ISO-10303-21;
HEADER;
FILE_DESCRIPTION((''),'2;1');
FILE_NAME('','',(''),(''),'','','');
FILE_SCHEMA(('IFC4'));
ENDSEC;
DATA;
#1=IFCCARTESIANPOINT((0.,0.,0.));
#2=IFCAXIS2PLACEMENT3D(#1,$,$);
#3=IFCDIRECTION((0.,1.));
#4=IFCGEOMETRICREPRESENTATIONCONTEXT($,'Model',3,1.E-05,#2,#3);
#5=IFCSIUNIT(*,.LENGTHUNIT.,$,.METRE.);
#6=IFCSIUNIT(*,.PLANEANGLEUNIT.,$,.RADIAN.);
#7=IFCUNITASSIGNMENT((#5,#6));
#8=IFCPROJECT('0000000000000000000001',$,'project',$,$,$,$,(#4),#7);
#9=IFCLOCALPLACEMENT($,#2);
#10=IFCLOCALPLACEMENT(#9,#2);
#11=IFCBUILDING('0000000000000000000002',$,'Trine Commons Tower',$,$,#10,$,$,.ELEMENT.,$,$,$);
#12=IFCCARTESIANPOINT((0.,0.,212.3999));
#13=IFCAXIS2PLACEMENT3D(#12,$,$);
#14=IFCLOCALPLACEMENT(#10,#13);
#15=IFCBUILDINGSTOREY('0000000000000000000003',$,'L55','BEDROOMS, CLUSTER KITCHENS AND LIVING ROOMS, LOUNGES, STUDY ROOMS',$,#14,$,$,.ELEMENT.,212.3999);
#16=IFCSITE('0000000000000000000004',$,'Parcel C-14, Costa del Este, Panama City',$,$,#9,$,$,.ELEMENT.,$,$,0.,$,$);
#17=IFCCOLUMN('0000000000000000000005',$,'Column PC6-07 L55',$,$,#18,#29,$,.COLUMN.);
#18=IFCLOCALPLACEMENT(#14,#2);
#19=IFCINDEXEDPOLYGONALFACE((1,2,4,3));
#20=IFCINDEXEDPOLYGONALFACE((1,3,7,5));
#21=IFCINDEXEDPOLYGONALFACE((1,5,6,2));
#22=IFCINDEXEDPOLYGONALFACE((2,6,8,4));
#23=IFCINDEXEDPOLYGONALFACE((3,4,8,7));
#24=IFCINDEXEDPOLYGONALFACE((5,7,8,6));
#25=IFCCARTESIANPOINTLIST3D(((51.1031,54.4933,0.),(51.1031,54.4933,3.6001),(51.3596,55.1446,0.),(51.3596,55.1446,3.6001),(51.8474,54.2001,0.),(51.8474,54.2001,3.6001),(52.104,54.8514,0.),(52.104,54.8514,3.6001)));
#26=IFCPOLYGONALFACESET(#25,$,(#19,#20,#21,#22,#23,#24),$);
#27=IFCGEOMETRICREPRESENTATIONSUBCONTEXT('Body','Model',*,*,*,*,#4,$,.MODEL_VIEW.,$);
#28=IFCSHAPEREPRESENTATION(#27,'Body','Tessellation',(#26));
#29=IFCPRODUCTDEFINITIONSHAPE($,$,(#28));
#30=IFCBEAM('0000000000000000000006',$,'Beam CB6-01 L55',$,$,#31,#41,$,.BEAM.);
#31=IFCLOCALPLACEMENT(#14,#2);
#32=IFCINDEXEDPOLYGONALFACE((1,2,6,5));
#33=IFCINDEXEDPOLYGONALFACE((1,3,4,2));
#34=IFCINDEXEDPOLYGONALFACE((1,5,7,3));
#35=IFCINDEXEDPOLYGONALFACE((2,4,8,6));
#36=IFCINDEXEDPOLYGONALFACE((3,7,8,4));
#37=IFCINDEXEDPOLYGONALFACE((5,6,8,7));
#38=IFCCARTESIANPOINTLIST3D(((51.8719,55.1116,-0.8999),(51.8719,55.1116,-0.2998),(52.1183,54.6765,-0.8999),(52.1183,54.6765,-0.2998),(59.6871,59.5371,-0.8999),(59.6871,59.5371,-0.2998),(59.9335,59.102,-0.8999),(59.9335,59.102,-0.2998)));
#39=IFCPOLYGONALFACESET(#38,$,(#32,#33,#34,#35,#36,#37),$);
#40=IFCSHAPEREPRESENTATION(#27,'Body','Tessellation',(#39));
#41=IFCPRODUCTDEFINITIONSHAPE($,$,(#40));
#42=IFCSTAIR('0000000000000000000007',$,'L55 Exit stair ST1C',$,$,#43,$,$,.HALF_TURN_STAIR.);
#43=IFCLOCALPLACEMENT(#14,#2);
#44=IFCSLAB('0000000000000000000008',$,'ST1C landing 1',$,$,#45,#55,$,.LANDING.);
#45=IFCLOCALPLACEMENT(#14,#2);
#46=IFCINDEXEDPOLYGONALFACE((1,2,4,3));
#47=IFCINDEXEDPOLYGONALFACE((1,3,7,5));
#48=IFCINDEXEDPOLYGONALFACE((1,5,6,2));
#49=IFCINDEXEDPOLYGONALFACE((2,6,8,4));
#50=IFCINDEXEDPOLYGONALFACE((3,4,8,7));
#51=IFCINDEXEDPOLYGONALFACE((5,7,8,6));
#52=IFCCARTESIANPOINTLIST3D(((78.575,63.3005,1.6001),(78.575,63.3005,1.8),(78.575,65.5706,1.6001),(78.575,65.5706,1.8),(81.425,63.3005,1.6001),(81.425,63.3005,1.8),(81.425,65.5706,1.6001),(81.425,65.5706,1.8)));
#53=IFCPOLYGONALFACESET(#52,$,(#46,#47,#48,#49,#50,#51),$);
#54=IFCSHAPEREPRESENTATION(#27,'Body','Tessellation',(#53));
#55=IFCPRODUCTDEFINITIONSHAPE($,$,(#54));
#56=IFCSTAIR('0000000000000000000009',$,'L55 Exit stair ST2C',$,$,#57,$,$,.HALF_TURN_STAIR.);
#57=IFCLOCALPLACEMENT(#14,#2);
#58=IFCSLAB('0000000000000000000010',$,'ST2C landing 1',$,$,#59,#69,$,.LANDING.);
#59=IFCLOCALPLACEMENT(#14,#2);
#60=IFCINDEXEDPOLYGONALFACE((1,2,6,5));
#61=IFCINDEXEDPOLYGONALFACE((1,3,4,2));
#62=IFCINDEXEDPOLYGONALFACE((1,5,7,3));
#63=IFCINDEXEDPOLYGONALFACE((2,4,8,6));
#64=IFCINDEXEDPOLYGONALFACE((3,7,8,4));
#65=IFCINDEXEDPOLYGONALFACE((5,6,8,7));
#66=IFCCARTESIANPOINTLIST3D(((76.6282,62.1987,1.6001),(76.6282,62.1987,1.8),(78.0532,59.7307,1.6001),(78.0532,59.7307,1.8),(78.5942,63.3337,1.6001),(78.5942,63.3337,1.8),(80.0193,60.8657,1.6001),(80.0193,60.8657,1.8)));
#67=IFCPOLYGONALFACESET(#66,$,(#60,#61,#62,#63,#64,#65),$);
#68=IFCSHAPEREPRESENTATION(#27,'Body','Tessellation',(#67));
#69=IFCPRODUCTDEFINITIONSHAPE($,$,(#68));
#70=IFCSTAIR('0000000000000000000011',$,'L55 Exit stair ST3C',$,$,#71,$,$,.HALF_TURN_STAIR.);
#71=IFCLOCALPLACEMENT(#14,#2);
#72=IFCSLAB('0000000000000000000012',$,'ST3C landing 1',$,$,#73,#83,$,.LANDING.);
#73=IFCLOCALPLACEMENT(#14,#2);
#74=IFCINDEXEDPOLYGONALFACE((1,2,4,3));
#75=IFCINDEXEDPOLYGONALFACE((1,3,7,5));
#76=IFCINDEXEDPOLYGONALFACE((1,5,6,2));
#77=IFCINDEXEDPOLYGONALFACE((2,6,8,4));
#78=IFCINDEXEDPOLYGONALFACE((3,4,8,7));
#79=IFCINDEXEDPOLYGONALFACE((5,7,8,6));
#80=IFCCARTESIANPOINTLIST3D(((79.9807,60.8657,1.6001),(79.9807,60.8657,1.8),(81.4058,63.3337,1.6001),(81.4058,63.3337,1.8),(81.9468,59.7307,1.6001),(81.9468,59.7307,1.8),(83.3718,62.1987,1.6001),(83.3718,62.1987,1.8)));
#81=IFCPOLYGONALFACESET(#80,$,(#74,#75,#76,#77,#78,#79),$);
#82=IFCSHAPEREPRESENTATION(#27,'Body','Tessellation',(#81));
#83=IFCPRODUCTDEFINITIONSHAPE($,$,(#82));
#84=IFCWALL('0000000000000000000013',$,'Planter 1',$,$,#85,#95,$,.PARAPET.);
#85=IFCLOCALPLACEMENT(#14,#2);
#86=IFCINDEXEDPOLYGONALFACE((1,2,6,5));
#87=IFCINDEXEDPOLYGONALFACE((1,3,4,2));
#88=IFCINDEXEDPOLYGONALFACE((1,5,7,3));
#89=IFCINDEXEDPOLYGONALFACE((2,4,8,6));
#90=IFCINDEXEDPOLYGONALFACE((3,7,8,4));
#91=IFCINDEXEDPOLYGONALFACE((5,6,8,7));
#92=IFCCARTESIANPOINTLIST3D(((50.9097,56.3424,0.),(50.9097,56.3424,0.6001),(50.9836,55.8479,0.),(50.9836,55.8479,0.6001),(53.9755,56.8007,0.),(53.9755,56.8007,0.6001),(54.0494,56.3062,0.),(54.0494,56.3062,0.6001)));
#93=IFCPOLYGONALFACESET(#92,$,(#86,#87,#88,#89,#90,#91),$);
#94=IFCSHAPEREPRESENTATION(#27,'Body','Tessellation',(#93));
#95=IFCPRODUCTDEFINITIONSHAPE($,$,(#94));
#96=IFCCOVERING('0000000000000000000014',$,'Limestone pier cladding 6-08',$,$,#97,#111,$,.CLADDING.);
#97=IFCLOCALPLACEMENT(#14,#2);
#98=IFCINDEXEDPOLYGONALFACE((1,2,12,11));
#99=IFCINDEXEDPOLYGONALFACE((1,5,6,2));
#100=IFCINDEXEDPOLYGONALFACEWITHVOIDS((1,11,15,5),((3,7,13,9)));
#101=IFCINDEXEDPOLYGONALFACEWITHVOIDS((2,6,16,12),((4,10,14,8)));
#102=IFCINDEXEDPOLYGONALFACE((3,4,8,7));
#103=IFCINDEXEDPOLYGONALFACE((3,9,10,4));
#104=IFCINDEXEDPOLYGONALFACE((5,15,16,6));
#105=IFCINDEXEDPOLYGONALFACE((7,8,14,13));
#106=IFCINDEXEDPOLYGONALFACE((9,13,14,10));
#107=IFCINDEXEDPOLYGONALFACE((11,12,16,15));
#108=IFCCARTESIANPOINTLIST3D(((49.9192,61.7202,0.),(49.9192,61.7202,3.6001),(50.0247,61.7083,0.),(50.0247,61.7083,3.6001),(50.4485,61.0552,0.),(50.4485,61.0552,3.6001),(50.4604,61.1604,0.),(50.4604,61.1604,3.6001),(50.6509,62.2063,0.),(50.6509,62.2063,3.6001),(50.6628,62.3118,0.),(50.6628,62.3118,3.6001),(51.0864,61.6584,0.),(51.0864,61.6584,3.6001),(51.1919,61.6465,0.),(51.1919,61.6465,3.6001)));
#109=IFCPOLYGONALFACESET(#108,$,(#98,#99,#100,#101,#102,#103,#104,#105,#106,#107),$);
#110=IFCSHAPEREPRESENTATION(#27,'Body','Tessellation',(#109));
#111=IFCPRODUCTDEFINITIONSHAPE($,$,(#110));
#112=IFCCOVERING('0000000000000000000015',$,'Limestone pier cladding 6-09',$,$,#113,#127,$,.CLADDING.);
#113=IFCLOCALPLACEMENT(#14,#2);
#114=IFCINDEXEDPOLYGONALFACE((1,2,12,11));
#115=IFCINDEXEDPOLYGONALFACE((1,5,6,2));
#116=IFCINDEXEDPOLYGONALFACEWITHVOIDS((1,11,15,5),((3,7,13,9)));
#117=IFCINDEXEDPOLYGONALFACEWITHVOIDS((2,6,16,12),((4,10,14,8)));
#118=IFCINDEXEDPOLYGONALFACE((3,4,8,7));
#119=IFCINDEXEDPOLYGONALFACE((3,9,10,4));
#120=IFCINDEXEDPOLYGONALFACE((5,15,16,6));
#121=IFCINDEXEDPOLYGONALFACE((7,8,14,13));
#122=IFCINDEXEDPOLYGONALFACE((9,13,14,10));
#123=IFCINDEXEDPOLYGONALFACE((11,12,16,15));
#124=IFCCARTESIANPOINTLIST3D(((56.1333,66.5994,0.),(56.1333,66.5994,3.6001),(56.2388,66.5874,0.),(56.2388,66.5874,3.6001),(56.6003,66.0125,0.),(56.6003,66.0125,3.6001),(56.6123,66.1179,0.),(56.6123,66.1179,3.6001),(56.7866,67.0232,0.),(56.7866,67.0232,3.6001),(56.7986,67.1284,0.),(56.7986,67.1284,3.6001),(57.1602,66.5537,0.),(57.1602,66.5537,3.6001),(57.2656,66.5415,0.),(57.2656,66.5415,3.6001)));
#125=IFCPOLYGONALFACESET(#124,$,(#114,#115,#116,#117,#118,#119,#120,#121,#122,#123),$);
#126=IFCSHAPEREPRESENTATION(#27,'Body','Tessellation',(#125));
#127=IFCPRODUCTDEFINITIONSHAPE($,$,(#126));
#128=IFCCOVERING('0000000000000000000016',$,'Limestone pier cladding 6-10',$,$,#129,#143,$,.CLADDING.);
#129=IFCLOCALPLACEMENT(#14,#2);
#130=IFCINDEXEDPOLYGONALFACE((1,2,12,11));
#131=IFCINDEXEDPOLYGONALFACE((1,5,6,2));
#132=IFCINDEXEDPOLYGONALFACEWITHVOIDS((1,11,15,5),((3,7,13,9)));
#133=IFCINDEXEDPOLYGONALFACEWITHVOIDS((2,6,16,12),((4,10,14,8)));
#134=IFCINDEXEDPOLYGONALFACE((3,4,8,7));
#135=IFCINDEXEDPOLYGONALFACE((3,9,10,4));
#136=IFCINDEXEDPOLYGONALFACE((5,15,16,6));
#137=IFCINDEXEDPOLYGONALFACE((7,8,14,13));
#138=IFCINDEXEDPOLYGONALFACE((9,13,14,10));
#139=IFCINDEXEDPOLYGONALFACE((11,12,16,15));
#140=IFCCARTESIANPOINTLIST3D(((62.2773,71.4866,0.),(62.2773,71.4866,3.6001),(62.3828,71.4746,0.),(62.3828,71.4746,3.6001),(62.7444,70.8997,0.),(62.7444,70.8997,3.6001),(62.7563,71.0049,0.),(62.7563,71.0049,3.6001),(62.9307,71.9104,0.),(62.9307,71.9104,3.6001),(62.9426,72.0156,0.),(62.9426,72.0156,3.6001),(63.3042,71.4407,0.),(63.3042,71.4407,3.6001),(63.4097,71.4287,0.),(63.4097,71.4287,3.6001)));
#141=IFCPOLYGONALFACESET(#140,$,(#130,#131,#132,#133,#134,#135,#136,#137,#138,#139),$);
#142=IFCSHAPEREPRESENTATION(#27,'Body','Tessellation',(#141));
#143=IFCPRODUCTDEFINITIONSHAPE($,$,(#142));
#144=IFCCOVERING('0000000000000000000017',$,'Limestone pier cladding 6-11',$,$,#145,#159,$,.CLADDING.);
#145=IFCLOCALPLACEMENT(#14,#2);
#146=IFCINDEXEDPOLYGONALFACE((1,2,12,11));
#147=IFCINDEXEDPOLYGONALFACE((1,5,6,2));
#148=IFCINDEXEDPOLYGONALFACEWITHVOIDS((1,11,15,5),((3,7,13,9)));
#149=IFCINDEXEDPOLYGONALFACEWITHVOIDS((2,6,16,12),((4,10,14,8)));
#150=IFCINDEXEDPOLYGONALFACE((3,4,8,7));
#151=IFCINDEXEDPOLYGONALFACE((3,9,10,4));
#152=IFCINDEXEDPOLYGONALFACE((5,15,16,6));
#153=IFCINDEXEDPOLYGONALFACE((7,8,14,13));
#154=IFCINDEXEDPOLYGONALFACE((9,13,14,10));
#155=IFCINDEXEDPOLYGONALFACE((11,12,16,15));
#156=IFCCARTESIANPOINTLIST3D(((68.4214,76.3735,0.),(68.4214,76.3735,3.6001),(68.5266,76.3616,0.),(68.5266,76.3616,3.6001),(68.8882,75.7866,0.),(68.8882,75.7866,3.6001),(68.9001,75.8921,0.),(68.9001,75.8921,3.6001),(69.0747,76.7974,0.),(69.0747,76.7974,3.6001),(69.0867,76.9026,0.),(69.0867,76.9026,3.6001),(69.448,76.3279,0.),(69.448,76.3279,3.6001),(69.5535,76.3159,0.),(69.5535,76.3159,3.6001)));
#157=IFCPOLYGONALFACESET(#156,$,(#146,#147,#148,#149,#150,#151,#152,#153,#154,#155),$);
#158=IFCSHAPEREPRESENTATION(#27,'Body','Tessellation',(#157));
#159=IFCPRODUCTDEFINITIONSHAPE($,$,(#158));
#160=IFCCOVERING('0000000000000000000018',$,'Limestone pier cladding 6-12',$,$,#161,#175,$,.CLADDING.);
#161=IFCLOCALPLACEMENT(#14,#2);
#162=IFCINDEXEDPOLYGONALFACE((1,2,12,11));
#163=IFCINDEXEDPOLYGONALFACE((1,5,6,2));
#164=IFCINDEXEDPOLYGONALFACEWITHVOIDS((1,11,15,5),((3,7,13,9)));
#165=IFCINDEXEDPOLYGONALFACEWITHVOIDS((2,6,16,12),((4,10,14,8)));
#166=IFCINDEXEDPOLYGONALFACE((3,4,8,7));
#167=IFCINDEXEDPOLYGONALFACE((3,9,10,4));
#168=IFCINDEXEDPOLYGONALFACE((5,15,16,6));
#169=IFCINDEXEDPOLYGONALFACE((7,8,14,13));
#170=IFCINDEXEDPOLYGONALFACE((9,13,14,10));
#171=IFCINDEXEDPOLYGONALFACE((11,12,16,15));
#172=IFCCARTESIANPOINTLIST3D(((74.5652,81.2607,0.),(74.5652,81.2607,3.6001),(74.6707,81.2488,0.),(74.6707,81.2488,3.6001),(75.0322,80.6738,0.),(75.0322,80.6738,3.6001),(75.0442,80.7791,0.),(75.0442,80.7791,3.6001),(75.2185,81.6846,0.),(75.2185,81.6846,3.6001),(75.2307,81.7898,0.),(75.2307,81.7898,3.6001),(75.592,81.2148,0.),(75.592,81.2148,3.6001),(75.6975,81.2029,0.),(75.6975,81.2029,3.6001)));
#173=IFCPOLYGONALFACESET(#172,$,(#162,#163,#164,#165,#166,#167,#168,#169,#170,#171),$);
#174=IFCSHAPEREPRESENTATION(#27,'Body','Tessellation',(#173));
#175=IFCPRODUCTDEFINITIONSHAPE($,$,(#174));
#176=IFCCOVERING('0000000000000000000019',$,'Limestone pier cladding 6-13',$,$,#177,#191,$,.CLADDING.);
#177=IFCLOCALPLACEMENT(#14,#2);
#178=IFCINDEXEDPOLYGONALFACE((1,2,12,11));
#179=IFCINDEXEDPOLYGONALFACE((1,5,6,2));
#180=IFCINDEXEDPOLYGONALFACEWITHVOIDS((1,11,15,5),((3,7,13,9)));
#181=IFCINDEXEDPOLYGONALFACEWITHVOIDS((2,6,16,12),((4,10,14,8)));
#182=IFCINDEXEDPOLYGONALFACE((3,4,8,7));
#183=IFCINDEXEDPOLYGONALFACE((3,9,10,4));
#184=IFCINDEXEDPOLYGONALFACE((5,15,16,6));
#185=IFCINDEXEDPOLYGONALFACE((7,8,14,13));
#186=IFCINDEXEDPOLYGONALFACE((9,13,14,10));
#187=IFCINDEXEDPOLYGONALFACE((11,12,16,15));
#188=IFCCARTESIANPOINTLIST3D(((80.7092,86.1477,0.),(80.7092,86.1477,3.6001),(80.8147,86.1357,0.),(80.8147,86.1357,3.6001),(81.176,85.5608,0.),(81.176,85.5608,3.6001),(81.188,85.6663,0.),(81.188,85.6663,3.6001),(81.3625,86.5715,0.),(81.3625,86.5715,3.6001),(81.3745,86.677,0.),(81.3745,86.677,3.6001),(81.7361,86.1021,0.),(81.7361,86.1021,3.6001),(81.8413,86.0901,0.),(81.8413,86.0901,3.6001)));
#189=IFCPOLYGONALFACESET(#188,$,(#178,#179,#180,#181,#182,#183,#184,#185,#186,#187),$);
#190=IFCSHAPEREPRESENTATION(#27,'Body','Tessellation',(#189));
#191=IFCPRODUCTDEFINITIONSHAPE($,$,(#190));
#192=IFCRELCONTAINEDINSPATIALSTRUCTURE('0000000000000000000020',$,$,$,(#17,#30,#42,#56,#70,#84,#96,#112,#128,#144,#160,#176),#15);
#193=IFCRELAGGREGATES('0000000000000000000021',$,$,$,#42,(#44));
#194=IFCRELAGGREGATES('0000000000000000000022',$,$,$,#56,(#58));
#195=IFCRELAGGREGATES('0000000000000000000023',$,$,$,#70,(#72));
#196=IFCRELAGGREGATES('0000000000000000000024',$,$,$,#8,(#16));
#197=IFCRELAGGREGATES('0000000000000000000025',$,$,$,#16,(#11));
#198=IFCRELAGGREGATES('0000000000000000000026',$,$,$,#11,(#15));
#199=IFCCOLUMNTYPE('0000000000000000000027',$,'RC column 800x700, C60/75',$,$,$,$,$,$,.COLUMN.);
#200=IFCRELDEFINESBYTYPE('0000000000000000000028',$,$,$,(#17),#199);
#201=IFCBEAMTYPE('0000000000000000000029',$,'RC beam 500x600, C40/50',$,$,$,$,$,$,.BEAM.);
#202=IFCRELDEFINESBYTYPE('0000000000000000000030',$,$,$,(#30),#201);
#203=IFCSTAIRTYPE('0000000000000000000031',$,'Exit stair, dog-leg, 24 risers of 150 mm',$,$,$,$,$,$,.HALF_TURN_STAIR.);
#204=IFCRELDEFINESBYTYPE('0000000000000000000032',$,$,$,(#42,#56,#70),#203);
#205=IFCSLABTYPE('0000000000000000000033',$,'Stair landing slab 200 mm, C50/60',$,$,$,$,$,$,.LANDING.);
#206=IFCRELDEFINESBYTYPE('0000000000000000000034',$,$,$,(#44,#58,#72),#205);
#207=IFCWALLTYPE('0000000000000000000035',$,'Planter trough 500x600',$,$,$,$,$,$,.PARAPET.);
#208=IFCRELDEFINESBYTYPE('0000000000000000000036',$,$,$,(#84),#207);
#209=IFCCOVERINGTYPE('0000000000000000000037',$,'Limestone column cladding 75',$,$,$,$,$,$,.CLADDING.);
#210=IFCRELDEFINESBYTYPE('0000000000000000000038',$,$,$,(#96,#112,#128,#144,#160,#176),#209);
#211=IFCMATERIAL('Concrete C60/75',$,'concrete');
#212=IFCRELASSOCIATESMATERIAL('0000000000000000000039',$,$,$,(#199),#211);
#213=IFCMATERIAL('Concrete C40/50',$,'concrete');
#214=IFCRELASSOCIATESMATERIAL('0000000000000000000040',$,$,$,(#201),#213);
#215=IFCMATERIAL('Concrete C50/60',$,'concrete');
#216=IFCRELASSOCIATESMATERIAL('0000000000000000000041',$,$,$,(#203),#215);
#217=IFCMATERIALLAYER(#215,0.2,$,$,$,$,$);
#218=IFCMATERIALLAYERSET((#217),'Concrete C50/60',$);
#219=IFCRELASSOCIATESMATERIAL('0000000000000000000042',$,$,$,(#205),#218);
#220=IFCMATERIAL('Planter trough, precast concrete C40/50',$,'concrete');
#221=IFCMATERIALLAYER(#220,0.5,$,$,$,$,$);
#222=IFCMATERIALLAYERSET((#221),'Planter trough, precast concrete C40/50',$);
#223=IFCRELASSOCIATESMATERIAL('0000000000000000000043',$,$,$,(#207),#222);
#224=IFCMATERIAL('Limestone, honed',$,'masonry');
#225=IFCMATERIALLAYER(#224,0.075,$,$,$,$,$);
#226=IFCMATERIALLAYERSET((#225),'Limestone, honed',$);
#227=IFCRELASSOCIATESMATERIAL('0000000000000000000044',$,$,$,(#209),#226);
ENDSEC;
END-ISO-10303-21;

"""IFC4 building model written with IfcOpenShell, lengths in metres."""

from ifc_helpers import new_model, si_unit, direction, frame, frame_2d, origin, origin_2d, place, context, subcontext, project, spatial, polyline, rectangle, outline, extrude, material, layer, layer_set, material_profile, profile_set, type_object, element, aggregate, save


model = new_model("IFC4")

# Units and contexts
model_context = context("Model", 3, precision=1e-05, world=origin(), true_north=direction((0.0, 1.0)))
body_context = subcontext(model_context, "Body", "Model", "MODEL_VIEW")
ifc_project = project(units=[si_unit("LENGTHUNIT", "METRE"), si_unit("PLANEANGLEUNIT", "RADIAN")], contexts=[model_context])

# Site, building, storey
site_placement = place(None, origin())
site = spatial("IfcSite", under=ifc_project, at=site_placement, Name="Parcel C-14, Costa del Este, Panama City", CompositionType="ELEMENT", RefElevation=0.0)
building_placement = place(site_placement, origin())
building = spatial("IfcBuilding", under=site, at=building_placement, Name="Trine Commons Tower", CompositionType="ELEMENT")
storey_placement = place(building_placement, frame((0.0, 0.0, 212.3999)))
storey = spatial("IfcBuildingStorey", under=building, at=storey_placement, Name="L55", Description="BEDROOMS, CLUSTER KITCHENS AND LIVING ROOMS, LOUNGES, STUDY ROOMS", CompositionType="ELEMENT", Elevation=212.3999)

# Column
ifc_material_1 = material(Name="Concrete C60/75", Category="concrete")
ifc_material_profile_1 = material_profile(ifc_material_1, rectangle(XDim=0.8, YDim=0.7, at=origin_2d()), Name="RC 800x700")
ifc_profile_set_1 = profile_set([ifc_material_profile_1], Name="Concrete C60/75")
column_type = type_object("IfcColumnType", Name="RC column 800x700, C60/75", PredefinedType="COLUMN", material=ifc_profile_set_1)
column_placement = place(storey_placement, frame((51.6035, 54.6724, 0.0), z_axis=(0.0, 0.0, 1.0), x_axis=(-0.930418, 0.366501, 0.0)))
element("IfcColumn", 1, at=column_placement, inside=storey, type_object=column_type, Name="Column PC6-07 L55", PredefinedType="COLUMN", context=body_context, shape_type="SweptSolid", body=[
    extrude(rectangle(XDim=0.8, YDim=0.7, at=origin_2d()), origin(), (0.0, 0.0, 1.0), 3.6001),
])

# Beam
ifc_material_2 = material(Name="Concrete C40/50", Category="concrete")
ifc_material_profile_2 = material_profile(ifc_material_2, rectangle(XDim=0.5, YDim=0.6001, at=origin_2d()), Name="RC 500x600")
ifc_profile_set_2 = profile_set([ifc_material_profile_2], Name="Concrete C40/50")
beam_type = type_object("IfcBeamType", Name="RC beam 500x600, C40/50", PredefinedType="BEAM", material=ifc_profile_set_2)
beam_placement = place(storey_placement, frame((51.9951, 54.894, -0.5999), z_axis=(0.870169, 0.492754, 0.0), x_axis=(-0.492754, 0.870169, 0.0)))
element("IfcBeam", 2, at=beam_placement, inside=storey, type_object=beam_type, Name="Beam CB6-01 L55", PredefinedType="BEAM", context=body_context, shape_type="SweptSolid", body=[
    extrude(rectangle(XDim=0.5, YDim=0.6001, at=origin_2d()), origin(), (0.0, 0.0, 1.0), 8.9812),
])

# Stairs, slabs
ifc_material_3 = material(Name="Concrete C50/60", Category="concrete")
stair_type = type_object("IfcStairType", Name="Exit stair, dog-leg, 24 risers of 150 mm", PredefinedType="HALF_TURN_STAIR", material=ifc_material_3)
stair_1_placement = place(storey_placement, origin())
stair_1 = element("IfcStair", 3, at=stair_1_placement, inside=storey, type_object=stair_type, Name="L55 Exit stair ST1C", PredefinedType="HALF_TURN_STAIR")
ifc_layer_1 = layer(ifc_material_3, 0.2)
ifc_layer_set_1 = layer_set([ifc_layer_1], Name="Concrete C50/60")
slab_type = type_object("IfcSlabType", Name="Stair landing slab 200 mm, C50/60", PredefinedType="LANDING", material=ifc_layer_set_1)
slab_1_placement = place(storey_placement, frame((0.0, 0.0, 1.6001)))
slab_1 = element("IfcSlab", 4, at=slab_1_placement, type_object=slab_type, Name="ST1C landing 1", PredefinedType="LANDING", context=body_context, shape_type="SweptSolid", body=[
    extrude(outline(polyline([(78.575, 65.5706), (78.575, 63.3005), (81.425, 63.3005), (81.425, 65.5706), (78.575, 65.5706)])), origin(), (0.0, 0.0, 1.0), 0.2),
])
aggregate(stair_1, [slab_1])
stair_2_placement = place(storey_placement, origin())
stair_2 = element("IfcStair", 5, at=stair_2_placement, inside=storey, type_object=stair_type, Name="L55 Exit stair ST2C", PredefinedType="HALF_TURN_STAIR")
slab_2_placement = place(storey_placement, frame((0.0, 0.0, 1.6001)))
slab_2 = element("IfcSlab", 6, at=slab_2_placement, type_object=slab_type, Name="ST2C landing 1", PredefinedType="LANDING", context=body_context, shape_type="SweptSolid", body=[
    extrude(outline(polyline([(78.0532, 59.7307), (80.0193, 60.8657), (78.5942, 63.3337), (76.6282, 62.1987), (78.0532, 59.7307)])), origin(), (0.0, 0.0, 1.0), 0.2),
])
aggregate(stair_2, [slab_2])
stair_3_placement = place(storey_placement, origin())
stair_3 = element("IfcStair", 7, at=stair_3_placement, inside=storey, type_object=stair_type, Name="L55 Exit stair ST3C", PredefinedType="HALF_TURN_STAIR")
slab_3_placement = place(storey_placement, frame((0.0, 0.0, 1.6001)))
slab_3 = element("IfcSlab", 8, at=slab_3_placement, type_object=slab_type, Name="ST3C landing 1", PredefinedType="LANDING", context=body_context, shape_type="SweptSolid", body=[
    extrude(outline(polyline([(83.3718, 62.1987), (81.4058, 63.3337), (79.9807, 60.8657), (81.9468, 59.7307), (83.3718, 62.1987)])), origin(), (0.0, 0.0, 1.0), 0.2),
])
aggregate(stair_3, [slab_3])

# Wall
ifc_material_4 = material(Name="Planter trough, precast concrete C40/50", Category="concrete")
ifc_layer_2 = layer(ifc_material_4, 0.5)
ifc_layer_set_2 = layer_set([ifc_layer_2], Name="Planter trough, precast concrete C40/50")
wall_type = type_object("IfcWallType", Name="Planter trough 500x600", PredefinedType="PARAPET", material=ifc_layer_set_2)
wall_placement = place(storey_placement, frame((50.9468, 56.0952, 0.0), z_axis=(0.0, 0.0, 1.0), x_axis=(0.989012, 0.147836, 0.0)))
element("IfcWall", 9, at=wall_placement, inside=storey, type_object=wall_type, Name="Planter 1", PredefinedType="PARAPET", context=body_context, shape_type="SweptSolid", body=[
    extrude(rectangle(XDim=3.0999, YDim=0.5, at=frame_2d((1.5498, 0.0))), origin(), (0.0, 0.0, 1.0), 0.6001),
])

# Coverings
ifc_material_5 = material(Name="Limestone, honed", Category="masonry")
ifc_layer_3 = layer(ifc_material_5, 0.075)
ifc_layer_set_3 = layer_set([ifc_layer_3], Name="Limestone, honed")
covering_type_1 = type_object("IfcCoveringType", Name="Limestone column cladding 75", PredefinedType="CLADDING", material=ifc_layer_set_3)
covering_1_placement = place(storey_placement, origin())
element("IfcCovering", 10, at=covering_1_placement, inside=storey, type_object=covering_type_1, Name="Limestone pier cladding 6-08", PredefinedType="CLADDING", context=body_context, shape_type="SweptSolid", body=[
    extrude(outline(polyline([(51.1919, 61.6465), (50.6628, 62.3118), (49.9192, 61.7202), (50.4485, 61.0552), (51.1919, 61.6465)]), holes=[polyline([(51.0864, 61.6584), (50.6509, 62.2063), (50.0247, 61.7083), (50.4604, 61.1604), (51.0864, 61.6584)])]), origin(), (0.0, 0.0, 1.0), 3.6001),
])
covering_2_placement = place(storey_placement, origin())
element("IfcCovering", 11, at=covering_2_placement, inside=storey, type_object=covering_type_1, Name="Limestone pier cladding 6-09", PredefinedType="CLADDING", context=body_context, shape_type="SweptSolid", body=[
    extrude(outline(polyline([(57.2656, 66.5415), (56.7986, 67.1284), (56.1333, 66.5994), (56.6003, 66.0125), (57.2656, 66.5415)]), holes=[polyline([(57.1602, 66.5537), (56.7866, 67.0232), (56.2388, 66.5874), (56.6123, 66.1179), (57.1602, 66.5537)])]), origin(), (0.0, 0.0, 1.0), 3.6001),
])
covering_3_placement = place(storey_placement, origin())
element("IfcCovering", 12, at=covering_3_placement, inside=storey, type_object=covering_type_1, Name="Limestone pier cladding 6-10", PredefinedType="CLADDING", context=body_context, shape_type="SweptSolid", body=[
    extrude(outline(polyline([(63.4097, 71.4287), (62.9426, 72.0156), (62.2773, 71.4866), (62.7444, 70.8997), (63.4097, 71.4287)]), holes=[polyline([(63.3042, 71.4407), (62.9307, 71.9104), (62.3828, 71.4746), (62.7563, 71.0049), (63.3042, 71.4407)])]), origin(), (0.0, 0.0, 1.0), 3.6001),
])
covering_4_placement = place(storey_placement, origin())
element("IfcCovering", 13, at=covering_4_placement, inside=storey, type_object=covering_type_1, Name="Limestone pier cladding 6-11", PredefinedType="CLADDING", context=body_context, shape_type="SweptSolid", body=[
    extrude(outline(polyline([(69.5535, 76.3159), (69.0867, 76.9026), (68.4214, 76.3735), (68.8882, 75.7866), (69.5535, 76.3159)]), holes=[polyline([(69.448, 76.3279), (69.0747, 76.7974), (68.5266, 76.3616), (68.9001, 75.8921), (69.448, 76.3279)])]), origin(), (0.0, 0.0, 1.0), 3.6001),
])
covering_5_placement = place(storey_placement, origin())
element("IfcCovering", 14, at=covering_5_placement, inside=storey, type_object=covering_type_1, Name="Limestone pier cladding 6-12", PredefinedType="CLADDING", context=body_context, shape_type="SweptSolid", body=[
    extrude(outline(polyline([(75.6975, 81.2029), (75.2307, 81.7898), (74.5652, 81.2607), (75.0322, 80.6738), (75.6975, 81.2029)]), holes=[polyline([(75.592, 81.2148), (75.2185, 81.6846), (74.6707, 81.2488), (75.0442, 80.7791), (75.592, 81.2148)])]), origin(), (0.0, 0.0, 1.0), 3.6001),
])
covering_6_placement = place(storey_placement, origin())
element("IfcCovering", 15, at=covering_6_placement, inside=storey, type_object=covering_type_1, Name="Limestone pier cladding 6-13", PredefinedType="CLADDING", context=body_context, shape_type="SweptSolid", body=[
    extrude(outline(polyline([(81.8413, 86.0901), (81.3745, 86.677), (80.7092, 86.1477), (81.176, 85.5608), (81.8413, 86.0901)]), holes=[polyline([(81.7361, 86.1021), (81.3625, 86.5715), (80.8147, 86.1357), (81.188, 85.6663), (81.7361, 86.1021)])]), origin(), (0.0, 0.0, 1.0), 3.6001),
])

save(model, "model.ifc")
